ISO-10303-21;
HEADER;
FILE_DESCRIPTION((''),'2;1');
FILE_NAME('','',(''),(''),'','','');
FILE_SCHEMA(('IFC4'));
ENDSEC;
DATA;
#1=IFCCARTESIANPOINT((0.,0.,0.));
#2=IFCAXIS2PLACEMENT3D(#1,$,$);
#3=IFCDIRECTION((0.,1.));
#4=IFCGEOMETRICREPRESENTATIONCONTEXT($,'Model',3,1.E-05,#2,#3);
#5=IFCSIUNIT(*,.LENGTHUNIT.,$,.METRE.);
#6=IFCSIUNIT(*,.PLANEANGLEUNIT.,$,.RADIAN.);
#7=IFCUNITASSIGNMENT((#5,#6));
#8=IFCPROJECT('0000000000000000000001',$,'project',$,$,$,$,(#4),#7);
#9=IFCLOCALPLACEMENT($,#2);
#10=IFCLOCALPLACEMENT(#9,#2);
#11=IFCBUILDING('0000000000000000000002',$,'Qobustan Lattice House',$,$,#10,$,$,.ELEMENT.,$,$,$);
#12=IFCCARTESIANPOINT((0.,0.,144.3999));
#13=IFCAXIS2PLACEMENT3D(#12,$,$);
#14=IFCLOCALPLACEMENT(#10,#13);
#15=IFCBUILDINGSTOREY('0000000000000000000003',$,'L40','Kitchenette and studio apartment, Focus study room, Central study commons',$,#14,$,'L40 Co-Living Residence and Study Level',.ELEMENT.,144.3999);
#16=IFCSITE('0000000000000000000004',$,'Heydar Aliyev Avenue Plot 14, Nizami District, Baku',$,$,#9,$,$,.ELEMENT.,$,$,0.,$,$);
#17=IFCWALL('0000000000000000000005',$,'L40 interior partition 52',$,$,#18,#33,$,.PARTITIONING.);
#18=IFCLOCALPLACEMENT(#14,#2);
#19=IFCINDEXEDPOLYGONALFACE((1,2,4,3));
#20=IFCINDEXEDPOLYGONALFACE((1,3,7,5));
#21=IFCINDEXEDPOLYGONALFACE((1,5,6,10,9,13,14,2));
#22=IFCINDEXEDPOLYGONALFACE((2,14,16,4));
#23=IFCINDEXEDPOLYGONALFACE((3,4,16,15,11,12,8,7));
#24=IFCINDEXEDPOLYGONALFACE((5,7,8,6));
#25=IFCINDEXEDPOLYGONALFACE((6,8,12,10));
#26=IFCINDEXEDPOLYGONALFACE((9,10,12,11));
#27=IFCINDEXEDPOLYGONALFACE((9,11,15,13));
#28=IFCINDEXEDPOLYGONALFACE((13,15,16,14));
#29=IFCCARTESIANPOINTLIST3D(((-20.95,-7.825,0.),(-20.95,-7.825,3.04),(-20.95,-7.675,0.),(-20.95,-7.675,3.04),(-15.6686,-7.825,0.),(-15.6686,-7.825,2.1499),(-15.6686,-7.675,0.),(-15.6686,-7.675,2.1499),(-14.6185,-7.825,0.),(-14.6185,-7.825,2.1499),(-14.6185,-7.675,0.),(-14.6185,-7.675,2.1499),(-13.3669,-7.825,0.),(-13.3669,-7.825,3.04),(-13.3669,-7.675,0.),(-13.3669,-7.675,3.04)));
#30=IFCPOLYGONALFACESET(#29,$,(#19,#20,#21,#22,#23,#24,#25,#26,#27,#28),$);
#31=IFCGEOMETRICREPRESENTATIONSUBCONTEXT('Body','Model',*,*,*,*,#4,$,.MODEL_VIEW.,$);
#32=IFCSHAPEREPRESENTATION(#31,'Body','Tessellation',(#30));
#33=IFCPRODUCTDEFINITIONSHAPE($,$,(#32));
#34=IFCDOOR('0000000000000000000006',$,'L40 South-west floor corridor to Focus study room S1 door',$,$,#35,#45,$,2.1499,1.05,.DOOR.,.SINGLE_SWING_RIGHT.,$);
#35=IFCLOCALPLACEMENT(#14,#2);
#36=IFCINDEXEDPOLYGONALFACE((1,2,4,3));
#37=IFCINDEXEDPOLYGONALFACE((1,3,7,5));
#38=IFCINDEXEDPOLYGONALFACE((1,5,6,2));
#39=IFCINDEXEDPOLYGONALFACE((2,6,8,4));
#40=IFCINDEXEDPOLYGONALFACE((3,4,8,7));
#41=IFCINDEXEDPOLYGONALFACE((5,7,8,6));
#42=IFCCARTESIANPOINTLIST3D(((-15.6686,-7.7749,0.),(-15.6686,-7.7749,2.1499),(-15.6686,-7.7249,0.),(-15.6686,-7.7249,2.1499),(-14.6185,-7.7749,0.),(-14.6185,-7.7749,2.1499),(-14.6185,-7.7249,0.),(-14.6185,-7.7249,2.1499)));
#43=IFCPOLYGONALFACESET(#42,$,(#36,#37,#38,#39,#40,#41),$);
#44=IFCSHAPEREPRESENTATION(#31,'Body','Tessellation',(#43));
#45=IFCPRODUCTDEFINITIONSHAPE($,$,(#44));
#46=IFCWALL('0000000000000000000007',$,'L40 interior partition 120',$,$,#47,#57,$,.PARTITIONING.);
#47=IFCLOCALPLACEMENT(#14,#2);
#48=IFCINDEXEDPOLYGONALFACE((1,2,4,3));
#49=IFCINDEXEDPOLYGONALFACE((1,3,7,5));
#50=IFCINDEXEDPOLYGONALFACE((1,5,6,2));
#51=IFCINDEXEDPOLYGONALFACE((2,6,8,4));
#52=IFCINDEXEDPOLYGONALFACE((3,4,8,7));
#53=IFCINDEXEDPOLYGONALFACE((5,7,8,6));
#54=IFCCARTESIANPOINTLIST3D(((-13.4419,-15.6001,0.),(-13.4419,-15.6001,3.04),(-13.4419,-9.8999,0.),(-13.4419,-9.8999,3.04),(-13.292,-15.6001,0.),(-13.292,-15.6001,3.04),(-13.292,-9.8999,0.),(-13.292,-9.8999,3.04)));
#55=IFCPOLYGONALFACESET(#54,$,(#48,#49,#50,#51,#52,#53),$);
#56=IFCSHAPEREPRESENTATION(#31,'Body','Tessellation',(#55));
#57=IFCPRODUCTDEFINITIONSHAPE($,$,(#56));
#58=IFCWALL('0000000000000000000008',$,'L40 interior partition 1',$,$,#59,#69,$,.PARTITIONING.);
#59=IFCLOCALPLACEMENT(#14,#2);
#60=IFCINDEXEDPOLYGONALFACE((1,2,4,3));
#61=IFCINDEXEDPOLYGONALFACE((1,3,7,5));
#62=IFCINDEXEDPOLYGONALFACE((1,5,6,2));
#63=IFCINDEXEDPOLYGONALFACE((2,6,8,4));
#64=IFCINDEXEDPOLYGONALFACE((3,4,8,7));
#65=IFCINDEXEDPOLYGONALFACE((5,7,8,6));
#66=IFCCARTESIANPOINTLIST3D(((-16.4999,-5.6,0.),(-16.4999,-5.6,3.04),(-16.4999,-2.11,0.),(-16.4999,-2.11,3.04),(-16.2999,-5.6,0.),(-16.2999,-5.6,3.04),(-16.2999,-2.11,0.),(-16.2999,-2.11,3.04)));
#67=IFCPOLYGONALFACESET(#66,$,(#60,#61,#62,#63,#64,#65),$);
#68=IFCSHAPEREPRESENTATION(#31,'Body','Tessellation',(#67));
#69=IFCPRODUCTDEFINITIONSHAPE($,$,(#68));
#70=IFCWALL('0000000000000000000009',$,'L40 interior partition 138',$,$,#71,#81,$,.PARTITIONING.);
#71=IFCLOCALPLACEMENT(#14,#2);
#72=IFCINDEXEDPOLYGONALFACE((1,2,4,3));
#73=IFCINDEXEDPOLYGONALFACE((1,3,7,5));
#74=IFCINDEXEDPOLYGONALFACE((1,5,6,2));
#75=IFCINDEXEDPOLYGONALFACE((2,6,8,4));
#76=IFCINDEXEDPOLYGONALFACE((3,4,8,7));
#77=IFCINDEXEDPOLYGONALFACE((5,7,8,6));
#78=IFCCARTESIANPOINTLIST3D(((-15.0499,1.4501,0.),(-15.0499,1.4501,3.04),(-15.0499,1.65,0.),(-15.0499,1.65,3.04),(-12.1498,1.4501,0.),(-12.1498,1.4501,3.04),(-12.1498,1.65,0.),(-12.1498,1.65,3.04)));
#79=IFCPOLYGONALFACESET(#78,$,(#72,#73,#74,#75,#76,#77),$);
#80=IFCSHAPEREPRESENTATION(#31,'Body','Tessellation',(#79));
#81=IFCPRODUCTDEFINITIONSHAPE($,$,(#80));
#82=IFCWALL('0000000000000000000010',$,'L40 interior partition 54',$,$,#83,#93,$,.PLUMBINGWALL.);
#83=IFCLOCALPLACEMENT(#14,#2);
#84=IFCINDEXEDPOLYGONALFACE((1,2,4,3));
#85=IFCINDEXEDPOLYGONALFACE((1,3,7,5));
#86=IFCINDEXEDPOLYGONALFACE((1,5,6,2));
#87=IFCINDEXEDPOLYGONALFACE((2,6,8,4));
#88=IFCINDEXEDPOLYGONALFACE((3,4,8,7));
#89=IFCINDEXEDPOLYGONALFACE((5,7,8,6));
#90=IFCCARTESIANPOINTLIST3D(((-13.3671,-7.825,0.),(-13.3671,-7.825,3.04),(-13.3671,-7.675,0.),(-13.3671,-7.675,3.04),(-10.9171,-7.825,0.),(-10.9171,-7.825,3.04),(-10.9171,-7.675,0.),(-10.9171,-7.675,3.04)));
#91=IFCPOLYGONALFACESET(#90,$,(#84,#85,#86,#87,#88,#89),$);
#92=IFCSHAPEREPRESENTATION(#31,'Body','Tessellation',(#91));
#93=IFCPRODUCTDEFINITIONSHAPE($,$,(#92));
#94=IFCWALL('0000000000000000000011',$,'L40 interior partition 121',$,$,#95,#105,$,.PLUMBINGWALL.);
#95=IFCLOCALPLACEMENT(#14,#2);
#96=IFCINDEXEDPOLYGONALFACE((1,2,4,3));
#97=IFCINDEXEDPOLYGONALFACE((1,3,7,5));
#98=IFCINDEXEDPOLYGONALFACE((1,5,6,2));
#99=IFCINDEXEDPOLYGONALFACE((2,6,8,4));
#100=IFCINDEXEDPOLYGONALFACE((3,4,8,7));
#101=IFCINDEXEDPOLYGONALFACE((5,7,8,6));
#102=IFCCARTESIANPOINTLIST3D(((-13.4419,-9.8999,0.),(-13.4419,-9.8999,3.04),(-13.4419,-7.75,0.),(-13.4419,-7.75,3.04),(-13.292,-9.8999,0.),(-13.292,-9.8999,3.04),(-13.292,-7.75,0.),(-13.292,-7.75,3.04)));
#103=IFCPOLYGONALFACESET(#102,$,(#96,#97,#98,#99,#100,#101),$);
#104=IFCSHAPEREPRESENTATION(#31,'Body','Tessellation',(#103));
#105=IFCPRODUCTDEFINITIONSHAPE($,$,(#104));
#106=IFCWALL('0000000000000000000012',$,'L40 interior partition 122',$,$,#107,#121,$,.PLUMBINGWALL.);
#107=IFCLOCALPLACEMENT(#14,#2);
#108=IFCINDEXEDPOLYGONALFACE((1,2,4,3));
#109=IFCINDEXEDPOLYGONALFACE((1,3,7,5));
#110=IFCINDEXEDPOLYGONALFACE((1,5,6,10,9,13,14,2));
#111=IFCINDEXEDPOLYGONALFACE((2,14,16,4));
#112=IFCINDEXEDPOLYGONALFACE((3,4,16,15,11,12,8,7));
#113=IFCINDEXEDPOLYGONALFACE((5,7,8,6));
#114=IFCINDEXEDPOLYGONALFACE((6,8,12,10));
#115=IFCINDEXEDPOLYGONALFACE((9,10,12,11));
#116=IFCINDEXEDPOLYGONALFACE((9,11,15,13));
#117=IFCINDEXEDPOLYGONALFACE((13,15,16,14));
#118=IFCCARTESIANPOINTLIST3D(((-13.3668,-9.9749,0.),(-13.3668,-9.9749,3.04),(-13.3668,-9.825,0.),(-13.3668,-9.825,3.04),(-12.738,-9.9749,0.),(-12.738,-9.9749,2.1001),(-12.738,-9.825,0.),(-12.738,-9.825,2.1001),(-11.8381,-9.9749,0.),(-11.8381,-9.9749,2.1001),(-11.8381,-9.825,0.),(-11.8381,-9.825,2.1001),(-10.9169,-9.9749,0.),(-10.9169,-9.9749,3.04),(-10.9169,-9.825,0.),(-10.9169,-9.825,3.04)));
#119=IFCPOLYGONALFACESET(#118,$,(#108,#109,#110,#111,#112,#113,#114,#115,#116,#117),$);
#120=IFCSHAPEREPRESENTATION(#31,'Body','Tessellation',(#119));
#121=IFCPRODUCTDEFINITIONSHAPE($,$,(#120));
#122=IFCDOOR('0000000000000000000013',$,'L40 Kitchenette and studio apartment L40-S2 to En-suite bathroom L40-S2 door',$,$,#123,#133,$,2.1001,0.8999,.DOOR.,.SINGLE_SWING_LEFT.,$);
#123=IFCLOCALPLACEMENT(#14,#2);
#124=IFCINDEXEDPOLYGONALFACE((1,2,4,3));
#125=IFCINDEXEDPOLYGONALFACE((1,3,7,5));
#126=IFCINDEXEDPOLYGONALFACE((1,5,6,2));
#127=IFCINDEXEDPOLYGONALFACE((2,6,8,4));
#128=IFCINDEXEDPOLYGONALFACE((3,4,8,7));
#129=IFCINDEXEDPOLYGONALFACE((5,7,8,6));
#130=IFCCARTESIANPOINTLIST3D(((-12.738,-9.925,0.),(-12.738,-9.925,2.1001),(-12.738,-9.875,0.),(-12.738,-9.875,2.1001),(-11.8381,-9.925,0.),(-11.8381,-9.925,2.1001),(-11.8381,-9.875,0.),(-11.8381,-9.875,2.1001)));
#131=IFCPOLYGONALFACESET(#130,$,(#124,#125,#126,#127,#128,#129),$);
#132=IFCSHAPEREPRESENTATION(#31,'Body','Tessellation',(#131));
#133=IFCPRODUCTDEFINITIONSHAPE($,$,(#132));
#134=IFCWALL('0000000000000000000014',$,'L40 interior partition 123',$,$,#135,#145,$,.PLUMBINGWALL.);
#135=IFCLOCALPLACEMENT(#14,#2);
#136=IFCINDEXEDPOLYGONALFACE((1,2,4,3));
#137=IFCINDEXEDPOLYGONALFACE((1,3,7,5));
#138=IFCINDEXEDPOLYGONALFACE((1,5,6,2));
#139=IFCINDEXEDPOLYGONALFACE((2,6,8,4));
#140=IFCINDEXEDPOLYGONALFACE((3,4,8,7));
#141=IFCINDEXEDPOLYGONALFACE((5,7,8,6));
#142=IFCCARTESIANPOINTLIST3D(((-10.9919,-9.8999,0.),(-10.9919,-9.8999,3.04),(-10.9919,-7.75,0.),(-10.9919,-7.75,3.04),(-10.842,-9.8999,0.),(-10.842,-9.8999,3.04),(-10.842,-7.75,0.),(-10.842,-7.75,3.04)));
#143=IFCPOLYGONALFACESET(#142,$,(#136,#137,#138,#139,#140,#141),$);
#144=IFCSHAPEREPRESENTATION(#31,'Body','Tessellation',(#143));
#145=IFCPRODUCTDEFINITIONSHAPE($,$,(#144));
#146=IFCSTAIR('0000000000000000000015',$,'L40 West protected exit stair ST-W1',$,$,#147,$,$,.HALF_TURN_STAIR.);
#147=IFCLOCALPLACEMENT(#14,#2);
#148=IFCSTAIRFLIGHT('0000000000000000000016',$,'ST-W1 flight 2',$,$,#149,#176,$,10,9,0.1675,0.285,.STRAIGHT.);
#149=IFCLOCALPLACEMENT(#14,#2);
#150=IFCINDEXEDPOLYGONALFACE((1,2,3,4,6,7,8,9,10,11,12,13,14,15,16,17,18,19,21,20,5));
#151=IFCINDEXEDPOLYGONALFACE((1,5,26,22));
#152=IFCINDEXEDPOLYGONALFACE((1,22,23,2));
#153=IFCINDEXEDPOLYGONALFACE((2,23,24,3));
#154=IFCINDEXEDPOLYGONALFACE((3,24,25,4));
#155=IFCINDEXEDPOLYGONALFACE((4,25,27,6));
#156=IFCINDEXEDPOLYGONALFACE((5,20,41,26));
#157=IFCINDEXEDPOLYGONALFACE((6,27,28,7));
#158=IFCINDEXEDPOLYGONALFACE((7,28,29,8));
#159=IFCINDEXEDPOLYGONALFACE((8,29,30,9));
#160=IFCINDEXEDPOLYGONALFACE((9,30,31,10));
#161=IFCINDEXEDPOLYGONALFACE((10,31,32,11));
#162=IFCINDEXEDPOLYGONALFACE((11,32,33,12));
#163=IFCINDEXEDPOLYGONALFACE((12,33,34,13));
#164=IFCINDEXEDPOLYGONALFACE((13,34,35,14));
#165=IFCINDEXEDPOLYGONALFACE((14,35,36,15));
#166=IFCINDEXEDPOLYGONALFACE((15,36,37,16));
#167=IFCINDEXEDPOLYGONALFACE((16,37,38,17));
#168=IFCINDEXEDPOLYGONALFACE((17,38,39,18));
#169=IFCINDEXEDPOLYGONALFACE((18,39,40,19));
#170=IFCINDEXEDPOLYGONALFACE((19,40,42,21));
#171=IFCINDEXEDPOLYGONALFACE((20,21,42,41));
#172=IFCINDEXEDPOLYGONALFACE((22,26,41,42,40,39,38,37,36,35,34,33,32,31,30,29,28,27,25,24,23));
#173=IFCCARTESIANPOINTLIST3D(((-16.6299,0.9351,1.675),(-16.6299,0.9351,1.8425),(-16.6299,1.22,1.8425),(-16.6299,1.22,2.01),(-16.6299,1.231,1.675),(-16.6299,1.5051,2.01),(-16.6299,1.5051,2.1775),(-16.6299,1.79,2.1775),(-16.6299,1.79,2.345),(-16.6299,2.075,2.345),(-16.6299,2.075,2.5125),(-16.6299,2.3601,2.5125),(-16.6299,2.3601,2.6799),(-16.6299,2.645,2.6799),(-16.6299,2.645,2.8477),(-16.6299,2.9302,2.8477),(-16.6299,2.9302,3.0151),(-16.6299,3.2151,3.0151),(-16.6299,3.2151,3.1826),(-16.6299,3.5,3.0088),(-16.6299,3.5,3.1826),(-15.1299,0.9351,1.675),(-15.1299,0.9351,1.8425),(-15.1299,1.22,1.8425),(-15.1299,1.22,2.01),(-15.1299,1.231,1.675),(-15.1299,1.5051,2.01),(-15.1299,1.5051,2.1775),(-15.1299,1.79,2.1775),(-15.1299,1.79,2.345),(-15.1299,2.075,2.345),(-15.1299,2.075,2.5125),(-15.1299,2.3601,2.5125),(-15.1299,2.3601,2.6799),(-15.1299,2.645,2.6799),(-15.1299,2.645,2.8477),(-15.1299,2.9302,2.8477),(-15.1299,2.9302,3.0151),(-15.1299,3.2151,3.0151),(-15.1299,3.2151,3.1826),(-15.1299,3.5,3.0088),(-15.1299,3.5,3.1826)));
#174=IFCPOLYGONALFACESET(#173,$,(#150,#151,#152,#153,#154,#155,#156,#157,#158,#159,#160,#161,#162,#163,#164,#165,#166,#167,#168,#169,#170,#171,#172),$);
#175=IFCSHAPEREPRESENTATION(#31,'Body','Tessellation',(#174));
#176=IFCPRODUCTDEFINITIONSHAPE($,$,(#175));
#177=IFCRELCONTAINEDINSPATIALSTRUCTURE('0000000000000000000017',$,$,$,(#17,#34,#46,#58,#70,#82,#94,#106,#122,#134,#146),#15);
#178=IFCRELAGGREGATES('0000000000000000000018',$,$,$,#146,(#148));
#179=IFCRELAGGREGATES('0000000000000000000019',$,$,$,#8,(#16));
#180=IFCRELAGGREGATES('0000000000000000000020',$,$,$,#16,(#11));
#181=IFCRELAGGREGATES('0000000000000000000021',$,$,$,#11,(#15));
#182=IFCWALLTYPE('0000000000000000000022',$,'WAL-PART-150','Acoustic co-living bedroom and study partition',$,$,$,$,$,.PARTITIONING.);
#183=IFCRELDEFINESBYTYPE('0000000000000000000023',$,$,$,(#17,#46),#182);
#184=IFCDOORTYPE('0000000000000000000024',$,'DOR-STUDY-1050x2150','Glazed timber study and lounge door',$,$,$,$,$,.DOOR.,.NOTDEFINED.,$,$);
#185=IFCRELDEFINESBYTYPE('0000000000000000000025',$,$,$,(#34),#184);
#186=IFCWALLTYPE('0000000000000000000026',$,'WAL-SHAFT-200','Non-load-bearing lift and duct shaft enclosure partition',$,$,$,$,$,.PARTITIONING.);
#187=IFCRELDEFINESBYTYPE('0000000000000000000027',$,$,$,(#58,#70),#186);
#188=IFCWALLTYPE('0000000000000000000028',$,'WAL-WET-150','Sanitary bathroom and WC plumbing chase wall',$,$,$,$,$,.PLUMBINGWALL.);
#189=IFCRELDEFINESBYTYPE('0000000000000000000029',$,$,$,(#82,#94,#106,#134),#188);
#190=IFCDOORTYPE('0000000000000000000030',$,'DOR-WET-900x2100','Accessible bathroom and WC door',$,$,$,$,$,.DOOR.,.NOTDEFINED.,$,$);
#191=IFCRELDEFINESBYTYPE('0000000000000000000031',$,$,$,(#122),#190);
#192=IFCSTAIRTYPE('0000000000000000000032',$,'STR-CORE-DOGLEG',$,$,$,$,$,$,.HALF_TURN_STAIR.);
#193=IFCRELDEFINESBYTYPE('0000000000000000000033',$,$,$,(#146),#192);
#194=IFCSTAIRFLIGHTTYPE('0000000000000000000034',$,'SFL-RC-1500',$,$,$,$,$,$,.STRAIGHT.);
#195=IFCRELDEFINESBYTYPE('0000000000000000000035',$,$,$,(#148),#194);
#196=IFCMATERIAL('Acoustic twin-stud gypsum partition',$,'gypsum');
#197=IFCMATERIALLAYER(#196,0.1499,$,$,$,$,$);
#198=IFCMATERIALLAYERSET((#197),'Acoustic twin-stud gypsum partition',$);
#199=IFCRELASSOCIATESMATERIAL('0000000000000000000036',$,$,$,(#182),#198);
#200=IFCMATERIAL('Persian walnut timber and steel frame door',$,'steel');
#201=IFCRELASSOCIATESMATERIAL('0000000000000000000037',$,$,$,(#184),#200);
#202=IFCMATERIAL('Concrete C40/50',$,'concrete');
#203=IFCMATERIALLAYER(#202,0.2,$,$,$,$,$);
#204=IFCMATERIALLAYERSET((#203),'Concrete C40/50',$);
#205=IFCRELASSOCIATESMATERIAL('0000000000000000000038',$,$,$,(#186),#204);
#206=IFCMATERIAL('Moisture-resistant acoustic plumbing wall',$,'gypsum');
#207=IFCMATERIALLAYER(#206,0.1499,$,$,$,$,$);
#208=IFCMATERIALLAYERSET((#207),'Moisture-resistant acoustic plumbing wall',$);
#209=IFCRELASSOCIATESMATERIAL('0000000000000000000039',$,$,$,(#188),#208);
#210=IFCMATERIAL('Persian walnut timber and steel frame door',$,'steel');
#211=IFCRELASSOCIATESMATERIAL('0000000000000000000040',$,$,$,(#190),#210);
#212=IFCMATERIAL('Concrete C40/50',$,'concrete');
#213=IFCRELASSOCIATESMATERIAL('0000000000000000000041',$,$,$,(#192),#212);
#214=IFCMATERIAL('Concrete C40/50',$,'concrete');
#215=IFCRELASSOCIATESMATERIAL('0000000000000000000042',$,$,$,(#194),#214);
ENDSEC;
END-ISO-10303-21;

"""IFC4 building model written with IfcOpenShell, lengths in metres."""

from ifc_helpers import new_model, si_unit, direction, frame, frame_2d, origin, place, context, subcontext, project, spatial, polyline, rectangle, outline, extrude, material, layer, layer_set, type_object, element, fill, aggregate, save


model = new_model("IFC4")

# Units and contexts
model_context = context("Model", 3, precision=1e-05, world=origin(), true_north=direction((0.0, 1.0)))
body_context = subcontext(model_context, "Body", "Model", "MODEL_VIEW")
ifc_project = project(units=[si_unit("LENGTHUNIT", "METRE"), si_unit("PLANEANGLEUNIT", "RADIAN")], contexts=[model_context])

# Site, building, storey
site_placement = place(None, origin())
site = spatial("IfcSite", under=ifc_project, at=site_placement, Name="Heydar Aliyev Avenue Plot 14, Nizami District, Baku", CompositionType="ELEMENT", RefElevation=0.0)
building_placement = place(site_placement, origin())
building = spatial("IfcBuilding", under=site, at=building_placement, Name="Qobustan Lattice House", CompositionType="ELEMENT")
storey_placement = place(building_placement, frame((0.0, 0.0, 144.3999)))
storey = spatial("IfcBuildingStorey", under=building, at=storey_placement, Name="L40", Description="Kitchenette and studio apartment, Focus study room, Central study commons", LongName="L40 Co-Living Residence and Study Level", CompositionType="ELEMENT", Elevation=144.3999)

# Wall, opening, door
ifc_material_1 = material(Name="Acoustic twin-stud gypsum partition", Category="gypsum")
ifc_layer_1 = layer(ifc_material_1, 0.1499)
ifc_layer_set_1 = layer_set([ifc_layer_1], Name="Acoustic twin-stud gypsum partition")
wall_type_1 = type_object("IfcWallType", Name="WAL-PART-150", Description="Acoustic co-living bedroom and study partition", PredefinedType="PARTITIONING", material=ifc_layer_set_1)
wall_1_placement = place(storey_placement, frame((-13.3669, -7.75, 0.0), z_axis=(0.0, 0.0, 1.0), x_axis=(-1.0, 0.0, 0.0)))
wall_1 = element("IfcWall", 1, at=wall_1_placement, inside=storey, type_object=wall_type_1, Name="L40 interior partition 52", PredefinedType="PARTITIONING", context=body_context, shape_type="SweptSolid", body=[
    extrude(rectangle(XDim=7.583, YDim=0.1499, at=frame_2d((3.7915, 0.0))), origin(), (0.0, 0.0, 1.0), 3.04),
])
opening_1_placement = place(wall_1_placement, frame((1.2517, 0.0, 0.0)))
opening_1 = element("IfcOpeningElement", 2, at=opening_1_placement, cuts=wall_1, PredefinedType="OPENING", context=body_context, shape_type="SweptSolid", body=[
    extrude(rectangle(XDim=1.05, YDim=2.1499, at=frame_2d((0.5249, 1.075))), frame((0.0, 0.085, 0.0), z_axis=(0.0, -1.0, 0.0), x_axis=(1.0, 0.0, 0.0)), (0.0, 0.0, 1.0), 0.1699),
])
ifc_material_2 = material(Name="Persian walnut timber and steel frame door", Category="steel")
door_type_1 = type_object("IfcDoorType", Name="DOR-STUDY-1050x2150", Description="Glazed timber study and lounge door", OperationType="NOTDEFINED", PredefinedType="DOOR", material=ifc_material_2)
door_1_placement = place(opening_1_placement, origin())
door_1 = element("IfcDoor", 3, at=door_1_placement, inside=storey, type_object=door_type_1, Name="L40 South-west floor corridor to Focus study room S1 door", OperationType="SINGLE_SWING_RIGHT", OverallHeight=2.1499, OverallWidth=1.05, PredefinedType="DOOR", context=body_context, shape_type="SweptSolid", body=[
    extrude(rectangle(XDim=1.05, YDim=2.1499, at=frame_2d((0.5249, 1.075))), frame((0.0, 0.0249, 0.0), z_axis=(0.0, -1.0, 0.0), x_axis=(1.0, 0.0, 0.0)), (0.0, 0.0, 1.0), 0.05),
])
fill(opening_1, door_1)

# Walls
wall_2_placement = place(storey_placement, frame((-13.3669, -9.8999, 0.0), z_axis=(0.0, 0.0, 1.0), x_axis=(0.0, -1.0, 0.0)))
element("IfcWall", 4, at=wall_2_placement, inside=storey, type_object=wall_type_1, Name="L40 interior partition 120", PredefinedType="PARTITIONING", context=body_context, shape_type="SweptSolid", body=[
    extrude(rectangle(XDim=5.7002, YDim=0.1499, at=frame_2d((2.8501, 0.0))), origin(), (0.0, 0.0, 1.0), 3.04),
])
ifc_material_3 = material(Name="Concrete C40/50", Category="concrete")
ifc_layer_2 = layer(ifc_material_3, 0.2)
ifc_layer_set_2 = layer_set([ifc_layer_2], Name="Concrete C40/50")
wall_type_2 = type_object("IfcWallType", Name="WAL-SHAFT-200", Description="Non-load-bearing lift and duct shaft enclosure partition", PredefinedType="PARTITIONING", material=ifc_layer_set_2)
wall_3_placement = place(storey_placement, frame((-16.3999, -5.6001, 0.0), z_axis=(0.0, 0.0, 1.0), x_axis=(0.0, 1.0, 0.0)))
element("IfcWall", 5, at=wall_3_placement, inside=storey, type_object=wall_type_2, Name="L40 interior partition 1", PredefinedType="PARTITIONING", context=body_context, shape_type="SweptSolid", body=[
    extrude(rectangle(XDim=3.49, YDim=0.2, at=frame_2d((1.7451, 0.0))), origin(), (0.0, 0.0, 1.0), 3.04),
])
wall_4_placement = place(storey_placement, frame((-15.05, 1.55, 0.0), z_axis=(0.0, 0.0, 1.0), x_axis=(1.0, 0.0, 0.0)))
element("IfcWall", 6, at=wall_4_placement, inside=storey, type_object=wall_type_2, Name="L40 interior partition 138", PredefinedType="PARTITIONING", context=body_context, shape_type="SweptSolid", body=[
    extrude(rectangle(XDim=2.9001, YDim=0.2, at=frame_2d((1.4502, 0.0))), origin(), (0.0, 0.0, 1.0), 3.04),
])
ifc_material_4 = material(Name="Moisture-resistant acoustic plumbing wall", Category="gypsum")
ifc_layer_3 = layer(ifc_material_4, 0.1499)
ifc_layer_set_3 = layer_set([ifc_layer_3], Name="Moisture-resistant acoustic plumbing wall")
wall_type_3 = type_object("IfcWallType", Name="WAL-WET-150", Description="Sanitary bathroom and WC plumbing chase wall", PredefinedType="PLUMBINGWALL", material=ifc_layer_set_3)
wall_5_placement = place(storey_placement, frame((-10.917, -7.75, 0.0), z_axis=(0.0, 0.0, 1.0), x_axis=(-1.0, 0.0, 0.0)))
element("IfcWall", 7, at=wall_5_placement, inside=storey, type_object=wall_type_3, Name="L40 interior partition 54", PredefinedType="PLUMBINGWALL", context=body_context, shape_type="SweptSolid", body=[
    extrude(rectangle(XDim=2.45, YDim=0.1499, at=frame_2d((1.2251, 0.0))), origin(), (0.0, 0.0, 1.0), 3.04),
])
wall_6_placement = place(storey_placement, frame((-13.3669, -7.75, 0.0), z_axis=(0.0, 0.0, 1.0), x_axis=(0.0, -1.0, 0.0)))
element("IfcWall", 8, at=wall_6_placement, inside=storey, type_object=wall_type_3, Name="L40 interior partition 121", PredefinedType="PLUMBINGWALL", context=body_context, shape_type="SweptSolid", body=[
    extrude(rectangle(XDim=2.1499, YDim=0.1499, at=frame_2d((1.075, 0.0))), origin(), (0.0, 0.0, 1.0), 3.04),
])

# Wall, opening, door
wall_7_placement = place(storey_placement, frame((-13.3669, -9.8999, 0.0), z_axis=(0.0, 0.0, 1.0), x_axis=(1.0, 0.0, 0.0)))
wall_7 = element("IfcWall", 9, at=wall_7_placement, inside=storey, type_object=wall_type_3, Name="L40 interior partition 122", PredefinedType="PLUMBINGWALL", context=body_context, shape_type="SweptSolid", body=[
    extrude(rectangle(XDim=2.45, YDim=0.1499, at=frame_2d((1.2251, 0.0))), origin(), (0.0, 0.0, 1.0), 3.04),
])
opening_2_placement = place(wall_7_placement, frame((0.6289, 0.0, 0.0)))
opening_2 = element("IfcOpeningElement", 10, at=opening_2_placement, cuts=wall_7, PredefinedType="OPENING", context=body_context, shape_type="SweptSolid", body=[
    extrude(rectangle(XDim=0.8999, YDim=2.1001, at=frame_2d((0.45, 1.05))), frame((0.0, 0.085, 0.0), z_axis=(0.0, -1.0, 0.0), x_axis=(1.0, 0.0, 0.0)), (0.0, 0.0, 1.0), 0.1699),
])
ifc_material_5 = material(Name="Persian walnut timber and steel frame door", Category="steel")
door_type_2 = type_object("IfcDoorType", Name="DOR-WET-900x2100", Description="Accessible bathroom and WC door", OperationType="NOTDEFINED", PredefinedType="DOOR", material=ifc_material_5)
door_2_placement = place(opening_2_placement, origin())
door_2 = element("IfcDoor", 11, at=door_2_placement, inside=storey, type_object=door_type_2, Name="L40 Kitchenette and studio apartment L40-S2 to En-suite bathroom L40-S2 door", OperationType="SINGLE_SWING_LEFT", OverallHeight=2.1001, OverallWidth=0.8999, PredefinedType="DOOR", context=body_context, shape_type="SweptSolid", body=[
    extrude(rectangle(XDim=0.8999, YDim=2.1001, at=frame_2d((0.45, 1.05))), frame((0.0, 0.0249, 0.0), z_axis=(0.0, -1.0, 0.0), x_axis=(1.0, 0.0, 0.0)), (0.0, 0.0, 1.0), 0.05),
])
fill(opening_2, door_2)

# Wall
wall_8_placement = place(storey_placement, frame((-10.917, -9.8999, 0.0), z_axis=(0.0, 0.0, 1.0), x_axis=(0.0, 1.0, 0.0)))
element("IfcWall", 12, at=wall_8_placement, inside=storey, type_object=wall_type_3, Name="L40 interior partition 123", PredefinedType="PLUMBINGWALL", context=body_context, shape_type="SweptSolid", body=[
    extrude(rectangle(XDim=2.1499, YDim=0.1499, at=frame_2d((1.075, 0.0))), origin(), (0.0, 0.0, 1.0), 3.04),
])

# Stair, stair flight
ifc_material_6 = material(Name="Concrete C40/50", Category="concrete")
stair_type = type_object("IfcStairType", Name="STR-CORE-DOGLEG", PredefinedType="HALF_TURN_STAIR", material=ifc_material_6)
stair_placement = place(storey_placement, origin())
stair = element("IfcStair", 13, at=stair_placement, inside=storey, type_object=stair_type, Name="L40 West protected exit stair ST-W1", PredefinedType="HALF_TURN_STAIR")
ifc_material_7 = material(Name="Concrete C40/50", Category="concrete")
stair_flight_type = type_object("IfcStairFlightType", Name="SFL-RC-1500", PredefinedType="STRAIGHT", material=ifc_material_7)
stair_flight_placement = place(storey_placement, frame((-15.8799, 0.9351, 1.675), z_axis=(0.0, 0.0, 1.0), x_axis=(0.0, 1.0, 0.0)))
stair_flight = element("IfcStairFlight", 14, at=stair_flight_placement, type_object=stair_flight_type, Name="ST-W1 flight 2", NumberOfRisers=10, NumberOfTreads=9, PredefinedType="STRAIGHT", RiserHeight=0.1675, TreadLength=0.285, context=body_context, shape_type="SweptSolid", body=[
    extrude(outline(polyline([(0.0, 0.0), (0.0, 0.1675), (0.2849, 0.1675), (0.2849, 0.335), (0.5701, 0.335), (0.5701, 0.5024), (0.855, 0.5024), (0.855, 0.6699), (1.1399, 0.6699), (1.1399, 0.8374), (1.425, 0.8374), (1.425, 1.0049), (1.71, 1.0049), (1.71, 1.1726), (1.9951, 1.1726), (1.9951, 1.3401), (2.28, 1.3401), (2.28, 1.5076), (2.5649, 1.5076), (2.5649, 1.675), (2.5649, 1.3337), (0.2959, 0.0), (0.0, 0.0)])), frame((0.0, 0.75, 0.0), z_axis=(0.0, -1.0, 0.0), x_axis=(1.0, 0.0, 0.0)), (0.0, 0.0, 1.0), 1.5),
])
aggregate(stair, [stair_flight])

save(model, "model.ifc")
